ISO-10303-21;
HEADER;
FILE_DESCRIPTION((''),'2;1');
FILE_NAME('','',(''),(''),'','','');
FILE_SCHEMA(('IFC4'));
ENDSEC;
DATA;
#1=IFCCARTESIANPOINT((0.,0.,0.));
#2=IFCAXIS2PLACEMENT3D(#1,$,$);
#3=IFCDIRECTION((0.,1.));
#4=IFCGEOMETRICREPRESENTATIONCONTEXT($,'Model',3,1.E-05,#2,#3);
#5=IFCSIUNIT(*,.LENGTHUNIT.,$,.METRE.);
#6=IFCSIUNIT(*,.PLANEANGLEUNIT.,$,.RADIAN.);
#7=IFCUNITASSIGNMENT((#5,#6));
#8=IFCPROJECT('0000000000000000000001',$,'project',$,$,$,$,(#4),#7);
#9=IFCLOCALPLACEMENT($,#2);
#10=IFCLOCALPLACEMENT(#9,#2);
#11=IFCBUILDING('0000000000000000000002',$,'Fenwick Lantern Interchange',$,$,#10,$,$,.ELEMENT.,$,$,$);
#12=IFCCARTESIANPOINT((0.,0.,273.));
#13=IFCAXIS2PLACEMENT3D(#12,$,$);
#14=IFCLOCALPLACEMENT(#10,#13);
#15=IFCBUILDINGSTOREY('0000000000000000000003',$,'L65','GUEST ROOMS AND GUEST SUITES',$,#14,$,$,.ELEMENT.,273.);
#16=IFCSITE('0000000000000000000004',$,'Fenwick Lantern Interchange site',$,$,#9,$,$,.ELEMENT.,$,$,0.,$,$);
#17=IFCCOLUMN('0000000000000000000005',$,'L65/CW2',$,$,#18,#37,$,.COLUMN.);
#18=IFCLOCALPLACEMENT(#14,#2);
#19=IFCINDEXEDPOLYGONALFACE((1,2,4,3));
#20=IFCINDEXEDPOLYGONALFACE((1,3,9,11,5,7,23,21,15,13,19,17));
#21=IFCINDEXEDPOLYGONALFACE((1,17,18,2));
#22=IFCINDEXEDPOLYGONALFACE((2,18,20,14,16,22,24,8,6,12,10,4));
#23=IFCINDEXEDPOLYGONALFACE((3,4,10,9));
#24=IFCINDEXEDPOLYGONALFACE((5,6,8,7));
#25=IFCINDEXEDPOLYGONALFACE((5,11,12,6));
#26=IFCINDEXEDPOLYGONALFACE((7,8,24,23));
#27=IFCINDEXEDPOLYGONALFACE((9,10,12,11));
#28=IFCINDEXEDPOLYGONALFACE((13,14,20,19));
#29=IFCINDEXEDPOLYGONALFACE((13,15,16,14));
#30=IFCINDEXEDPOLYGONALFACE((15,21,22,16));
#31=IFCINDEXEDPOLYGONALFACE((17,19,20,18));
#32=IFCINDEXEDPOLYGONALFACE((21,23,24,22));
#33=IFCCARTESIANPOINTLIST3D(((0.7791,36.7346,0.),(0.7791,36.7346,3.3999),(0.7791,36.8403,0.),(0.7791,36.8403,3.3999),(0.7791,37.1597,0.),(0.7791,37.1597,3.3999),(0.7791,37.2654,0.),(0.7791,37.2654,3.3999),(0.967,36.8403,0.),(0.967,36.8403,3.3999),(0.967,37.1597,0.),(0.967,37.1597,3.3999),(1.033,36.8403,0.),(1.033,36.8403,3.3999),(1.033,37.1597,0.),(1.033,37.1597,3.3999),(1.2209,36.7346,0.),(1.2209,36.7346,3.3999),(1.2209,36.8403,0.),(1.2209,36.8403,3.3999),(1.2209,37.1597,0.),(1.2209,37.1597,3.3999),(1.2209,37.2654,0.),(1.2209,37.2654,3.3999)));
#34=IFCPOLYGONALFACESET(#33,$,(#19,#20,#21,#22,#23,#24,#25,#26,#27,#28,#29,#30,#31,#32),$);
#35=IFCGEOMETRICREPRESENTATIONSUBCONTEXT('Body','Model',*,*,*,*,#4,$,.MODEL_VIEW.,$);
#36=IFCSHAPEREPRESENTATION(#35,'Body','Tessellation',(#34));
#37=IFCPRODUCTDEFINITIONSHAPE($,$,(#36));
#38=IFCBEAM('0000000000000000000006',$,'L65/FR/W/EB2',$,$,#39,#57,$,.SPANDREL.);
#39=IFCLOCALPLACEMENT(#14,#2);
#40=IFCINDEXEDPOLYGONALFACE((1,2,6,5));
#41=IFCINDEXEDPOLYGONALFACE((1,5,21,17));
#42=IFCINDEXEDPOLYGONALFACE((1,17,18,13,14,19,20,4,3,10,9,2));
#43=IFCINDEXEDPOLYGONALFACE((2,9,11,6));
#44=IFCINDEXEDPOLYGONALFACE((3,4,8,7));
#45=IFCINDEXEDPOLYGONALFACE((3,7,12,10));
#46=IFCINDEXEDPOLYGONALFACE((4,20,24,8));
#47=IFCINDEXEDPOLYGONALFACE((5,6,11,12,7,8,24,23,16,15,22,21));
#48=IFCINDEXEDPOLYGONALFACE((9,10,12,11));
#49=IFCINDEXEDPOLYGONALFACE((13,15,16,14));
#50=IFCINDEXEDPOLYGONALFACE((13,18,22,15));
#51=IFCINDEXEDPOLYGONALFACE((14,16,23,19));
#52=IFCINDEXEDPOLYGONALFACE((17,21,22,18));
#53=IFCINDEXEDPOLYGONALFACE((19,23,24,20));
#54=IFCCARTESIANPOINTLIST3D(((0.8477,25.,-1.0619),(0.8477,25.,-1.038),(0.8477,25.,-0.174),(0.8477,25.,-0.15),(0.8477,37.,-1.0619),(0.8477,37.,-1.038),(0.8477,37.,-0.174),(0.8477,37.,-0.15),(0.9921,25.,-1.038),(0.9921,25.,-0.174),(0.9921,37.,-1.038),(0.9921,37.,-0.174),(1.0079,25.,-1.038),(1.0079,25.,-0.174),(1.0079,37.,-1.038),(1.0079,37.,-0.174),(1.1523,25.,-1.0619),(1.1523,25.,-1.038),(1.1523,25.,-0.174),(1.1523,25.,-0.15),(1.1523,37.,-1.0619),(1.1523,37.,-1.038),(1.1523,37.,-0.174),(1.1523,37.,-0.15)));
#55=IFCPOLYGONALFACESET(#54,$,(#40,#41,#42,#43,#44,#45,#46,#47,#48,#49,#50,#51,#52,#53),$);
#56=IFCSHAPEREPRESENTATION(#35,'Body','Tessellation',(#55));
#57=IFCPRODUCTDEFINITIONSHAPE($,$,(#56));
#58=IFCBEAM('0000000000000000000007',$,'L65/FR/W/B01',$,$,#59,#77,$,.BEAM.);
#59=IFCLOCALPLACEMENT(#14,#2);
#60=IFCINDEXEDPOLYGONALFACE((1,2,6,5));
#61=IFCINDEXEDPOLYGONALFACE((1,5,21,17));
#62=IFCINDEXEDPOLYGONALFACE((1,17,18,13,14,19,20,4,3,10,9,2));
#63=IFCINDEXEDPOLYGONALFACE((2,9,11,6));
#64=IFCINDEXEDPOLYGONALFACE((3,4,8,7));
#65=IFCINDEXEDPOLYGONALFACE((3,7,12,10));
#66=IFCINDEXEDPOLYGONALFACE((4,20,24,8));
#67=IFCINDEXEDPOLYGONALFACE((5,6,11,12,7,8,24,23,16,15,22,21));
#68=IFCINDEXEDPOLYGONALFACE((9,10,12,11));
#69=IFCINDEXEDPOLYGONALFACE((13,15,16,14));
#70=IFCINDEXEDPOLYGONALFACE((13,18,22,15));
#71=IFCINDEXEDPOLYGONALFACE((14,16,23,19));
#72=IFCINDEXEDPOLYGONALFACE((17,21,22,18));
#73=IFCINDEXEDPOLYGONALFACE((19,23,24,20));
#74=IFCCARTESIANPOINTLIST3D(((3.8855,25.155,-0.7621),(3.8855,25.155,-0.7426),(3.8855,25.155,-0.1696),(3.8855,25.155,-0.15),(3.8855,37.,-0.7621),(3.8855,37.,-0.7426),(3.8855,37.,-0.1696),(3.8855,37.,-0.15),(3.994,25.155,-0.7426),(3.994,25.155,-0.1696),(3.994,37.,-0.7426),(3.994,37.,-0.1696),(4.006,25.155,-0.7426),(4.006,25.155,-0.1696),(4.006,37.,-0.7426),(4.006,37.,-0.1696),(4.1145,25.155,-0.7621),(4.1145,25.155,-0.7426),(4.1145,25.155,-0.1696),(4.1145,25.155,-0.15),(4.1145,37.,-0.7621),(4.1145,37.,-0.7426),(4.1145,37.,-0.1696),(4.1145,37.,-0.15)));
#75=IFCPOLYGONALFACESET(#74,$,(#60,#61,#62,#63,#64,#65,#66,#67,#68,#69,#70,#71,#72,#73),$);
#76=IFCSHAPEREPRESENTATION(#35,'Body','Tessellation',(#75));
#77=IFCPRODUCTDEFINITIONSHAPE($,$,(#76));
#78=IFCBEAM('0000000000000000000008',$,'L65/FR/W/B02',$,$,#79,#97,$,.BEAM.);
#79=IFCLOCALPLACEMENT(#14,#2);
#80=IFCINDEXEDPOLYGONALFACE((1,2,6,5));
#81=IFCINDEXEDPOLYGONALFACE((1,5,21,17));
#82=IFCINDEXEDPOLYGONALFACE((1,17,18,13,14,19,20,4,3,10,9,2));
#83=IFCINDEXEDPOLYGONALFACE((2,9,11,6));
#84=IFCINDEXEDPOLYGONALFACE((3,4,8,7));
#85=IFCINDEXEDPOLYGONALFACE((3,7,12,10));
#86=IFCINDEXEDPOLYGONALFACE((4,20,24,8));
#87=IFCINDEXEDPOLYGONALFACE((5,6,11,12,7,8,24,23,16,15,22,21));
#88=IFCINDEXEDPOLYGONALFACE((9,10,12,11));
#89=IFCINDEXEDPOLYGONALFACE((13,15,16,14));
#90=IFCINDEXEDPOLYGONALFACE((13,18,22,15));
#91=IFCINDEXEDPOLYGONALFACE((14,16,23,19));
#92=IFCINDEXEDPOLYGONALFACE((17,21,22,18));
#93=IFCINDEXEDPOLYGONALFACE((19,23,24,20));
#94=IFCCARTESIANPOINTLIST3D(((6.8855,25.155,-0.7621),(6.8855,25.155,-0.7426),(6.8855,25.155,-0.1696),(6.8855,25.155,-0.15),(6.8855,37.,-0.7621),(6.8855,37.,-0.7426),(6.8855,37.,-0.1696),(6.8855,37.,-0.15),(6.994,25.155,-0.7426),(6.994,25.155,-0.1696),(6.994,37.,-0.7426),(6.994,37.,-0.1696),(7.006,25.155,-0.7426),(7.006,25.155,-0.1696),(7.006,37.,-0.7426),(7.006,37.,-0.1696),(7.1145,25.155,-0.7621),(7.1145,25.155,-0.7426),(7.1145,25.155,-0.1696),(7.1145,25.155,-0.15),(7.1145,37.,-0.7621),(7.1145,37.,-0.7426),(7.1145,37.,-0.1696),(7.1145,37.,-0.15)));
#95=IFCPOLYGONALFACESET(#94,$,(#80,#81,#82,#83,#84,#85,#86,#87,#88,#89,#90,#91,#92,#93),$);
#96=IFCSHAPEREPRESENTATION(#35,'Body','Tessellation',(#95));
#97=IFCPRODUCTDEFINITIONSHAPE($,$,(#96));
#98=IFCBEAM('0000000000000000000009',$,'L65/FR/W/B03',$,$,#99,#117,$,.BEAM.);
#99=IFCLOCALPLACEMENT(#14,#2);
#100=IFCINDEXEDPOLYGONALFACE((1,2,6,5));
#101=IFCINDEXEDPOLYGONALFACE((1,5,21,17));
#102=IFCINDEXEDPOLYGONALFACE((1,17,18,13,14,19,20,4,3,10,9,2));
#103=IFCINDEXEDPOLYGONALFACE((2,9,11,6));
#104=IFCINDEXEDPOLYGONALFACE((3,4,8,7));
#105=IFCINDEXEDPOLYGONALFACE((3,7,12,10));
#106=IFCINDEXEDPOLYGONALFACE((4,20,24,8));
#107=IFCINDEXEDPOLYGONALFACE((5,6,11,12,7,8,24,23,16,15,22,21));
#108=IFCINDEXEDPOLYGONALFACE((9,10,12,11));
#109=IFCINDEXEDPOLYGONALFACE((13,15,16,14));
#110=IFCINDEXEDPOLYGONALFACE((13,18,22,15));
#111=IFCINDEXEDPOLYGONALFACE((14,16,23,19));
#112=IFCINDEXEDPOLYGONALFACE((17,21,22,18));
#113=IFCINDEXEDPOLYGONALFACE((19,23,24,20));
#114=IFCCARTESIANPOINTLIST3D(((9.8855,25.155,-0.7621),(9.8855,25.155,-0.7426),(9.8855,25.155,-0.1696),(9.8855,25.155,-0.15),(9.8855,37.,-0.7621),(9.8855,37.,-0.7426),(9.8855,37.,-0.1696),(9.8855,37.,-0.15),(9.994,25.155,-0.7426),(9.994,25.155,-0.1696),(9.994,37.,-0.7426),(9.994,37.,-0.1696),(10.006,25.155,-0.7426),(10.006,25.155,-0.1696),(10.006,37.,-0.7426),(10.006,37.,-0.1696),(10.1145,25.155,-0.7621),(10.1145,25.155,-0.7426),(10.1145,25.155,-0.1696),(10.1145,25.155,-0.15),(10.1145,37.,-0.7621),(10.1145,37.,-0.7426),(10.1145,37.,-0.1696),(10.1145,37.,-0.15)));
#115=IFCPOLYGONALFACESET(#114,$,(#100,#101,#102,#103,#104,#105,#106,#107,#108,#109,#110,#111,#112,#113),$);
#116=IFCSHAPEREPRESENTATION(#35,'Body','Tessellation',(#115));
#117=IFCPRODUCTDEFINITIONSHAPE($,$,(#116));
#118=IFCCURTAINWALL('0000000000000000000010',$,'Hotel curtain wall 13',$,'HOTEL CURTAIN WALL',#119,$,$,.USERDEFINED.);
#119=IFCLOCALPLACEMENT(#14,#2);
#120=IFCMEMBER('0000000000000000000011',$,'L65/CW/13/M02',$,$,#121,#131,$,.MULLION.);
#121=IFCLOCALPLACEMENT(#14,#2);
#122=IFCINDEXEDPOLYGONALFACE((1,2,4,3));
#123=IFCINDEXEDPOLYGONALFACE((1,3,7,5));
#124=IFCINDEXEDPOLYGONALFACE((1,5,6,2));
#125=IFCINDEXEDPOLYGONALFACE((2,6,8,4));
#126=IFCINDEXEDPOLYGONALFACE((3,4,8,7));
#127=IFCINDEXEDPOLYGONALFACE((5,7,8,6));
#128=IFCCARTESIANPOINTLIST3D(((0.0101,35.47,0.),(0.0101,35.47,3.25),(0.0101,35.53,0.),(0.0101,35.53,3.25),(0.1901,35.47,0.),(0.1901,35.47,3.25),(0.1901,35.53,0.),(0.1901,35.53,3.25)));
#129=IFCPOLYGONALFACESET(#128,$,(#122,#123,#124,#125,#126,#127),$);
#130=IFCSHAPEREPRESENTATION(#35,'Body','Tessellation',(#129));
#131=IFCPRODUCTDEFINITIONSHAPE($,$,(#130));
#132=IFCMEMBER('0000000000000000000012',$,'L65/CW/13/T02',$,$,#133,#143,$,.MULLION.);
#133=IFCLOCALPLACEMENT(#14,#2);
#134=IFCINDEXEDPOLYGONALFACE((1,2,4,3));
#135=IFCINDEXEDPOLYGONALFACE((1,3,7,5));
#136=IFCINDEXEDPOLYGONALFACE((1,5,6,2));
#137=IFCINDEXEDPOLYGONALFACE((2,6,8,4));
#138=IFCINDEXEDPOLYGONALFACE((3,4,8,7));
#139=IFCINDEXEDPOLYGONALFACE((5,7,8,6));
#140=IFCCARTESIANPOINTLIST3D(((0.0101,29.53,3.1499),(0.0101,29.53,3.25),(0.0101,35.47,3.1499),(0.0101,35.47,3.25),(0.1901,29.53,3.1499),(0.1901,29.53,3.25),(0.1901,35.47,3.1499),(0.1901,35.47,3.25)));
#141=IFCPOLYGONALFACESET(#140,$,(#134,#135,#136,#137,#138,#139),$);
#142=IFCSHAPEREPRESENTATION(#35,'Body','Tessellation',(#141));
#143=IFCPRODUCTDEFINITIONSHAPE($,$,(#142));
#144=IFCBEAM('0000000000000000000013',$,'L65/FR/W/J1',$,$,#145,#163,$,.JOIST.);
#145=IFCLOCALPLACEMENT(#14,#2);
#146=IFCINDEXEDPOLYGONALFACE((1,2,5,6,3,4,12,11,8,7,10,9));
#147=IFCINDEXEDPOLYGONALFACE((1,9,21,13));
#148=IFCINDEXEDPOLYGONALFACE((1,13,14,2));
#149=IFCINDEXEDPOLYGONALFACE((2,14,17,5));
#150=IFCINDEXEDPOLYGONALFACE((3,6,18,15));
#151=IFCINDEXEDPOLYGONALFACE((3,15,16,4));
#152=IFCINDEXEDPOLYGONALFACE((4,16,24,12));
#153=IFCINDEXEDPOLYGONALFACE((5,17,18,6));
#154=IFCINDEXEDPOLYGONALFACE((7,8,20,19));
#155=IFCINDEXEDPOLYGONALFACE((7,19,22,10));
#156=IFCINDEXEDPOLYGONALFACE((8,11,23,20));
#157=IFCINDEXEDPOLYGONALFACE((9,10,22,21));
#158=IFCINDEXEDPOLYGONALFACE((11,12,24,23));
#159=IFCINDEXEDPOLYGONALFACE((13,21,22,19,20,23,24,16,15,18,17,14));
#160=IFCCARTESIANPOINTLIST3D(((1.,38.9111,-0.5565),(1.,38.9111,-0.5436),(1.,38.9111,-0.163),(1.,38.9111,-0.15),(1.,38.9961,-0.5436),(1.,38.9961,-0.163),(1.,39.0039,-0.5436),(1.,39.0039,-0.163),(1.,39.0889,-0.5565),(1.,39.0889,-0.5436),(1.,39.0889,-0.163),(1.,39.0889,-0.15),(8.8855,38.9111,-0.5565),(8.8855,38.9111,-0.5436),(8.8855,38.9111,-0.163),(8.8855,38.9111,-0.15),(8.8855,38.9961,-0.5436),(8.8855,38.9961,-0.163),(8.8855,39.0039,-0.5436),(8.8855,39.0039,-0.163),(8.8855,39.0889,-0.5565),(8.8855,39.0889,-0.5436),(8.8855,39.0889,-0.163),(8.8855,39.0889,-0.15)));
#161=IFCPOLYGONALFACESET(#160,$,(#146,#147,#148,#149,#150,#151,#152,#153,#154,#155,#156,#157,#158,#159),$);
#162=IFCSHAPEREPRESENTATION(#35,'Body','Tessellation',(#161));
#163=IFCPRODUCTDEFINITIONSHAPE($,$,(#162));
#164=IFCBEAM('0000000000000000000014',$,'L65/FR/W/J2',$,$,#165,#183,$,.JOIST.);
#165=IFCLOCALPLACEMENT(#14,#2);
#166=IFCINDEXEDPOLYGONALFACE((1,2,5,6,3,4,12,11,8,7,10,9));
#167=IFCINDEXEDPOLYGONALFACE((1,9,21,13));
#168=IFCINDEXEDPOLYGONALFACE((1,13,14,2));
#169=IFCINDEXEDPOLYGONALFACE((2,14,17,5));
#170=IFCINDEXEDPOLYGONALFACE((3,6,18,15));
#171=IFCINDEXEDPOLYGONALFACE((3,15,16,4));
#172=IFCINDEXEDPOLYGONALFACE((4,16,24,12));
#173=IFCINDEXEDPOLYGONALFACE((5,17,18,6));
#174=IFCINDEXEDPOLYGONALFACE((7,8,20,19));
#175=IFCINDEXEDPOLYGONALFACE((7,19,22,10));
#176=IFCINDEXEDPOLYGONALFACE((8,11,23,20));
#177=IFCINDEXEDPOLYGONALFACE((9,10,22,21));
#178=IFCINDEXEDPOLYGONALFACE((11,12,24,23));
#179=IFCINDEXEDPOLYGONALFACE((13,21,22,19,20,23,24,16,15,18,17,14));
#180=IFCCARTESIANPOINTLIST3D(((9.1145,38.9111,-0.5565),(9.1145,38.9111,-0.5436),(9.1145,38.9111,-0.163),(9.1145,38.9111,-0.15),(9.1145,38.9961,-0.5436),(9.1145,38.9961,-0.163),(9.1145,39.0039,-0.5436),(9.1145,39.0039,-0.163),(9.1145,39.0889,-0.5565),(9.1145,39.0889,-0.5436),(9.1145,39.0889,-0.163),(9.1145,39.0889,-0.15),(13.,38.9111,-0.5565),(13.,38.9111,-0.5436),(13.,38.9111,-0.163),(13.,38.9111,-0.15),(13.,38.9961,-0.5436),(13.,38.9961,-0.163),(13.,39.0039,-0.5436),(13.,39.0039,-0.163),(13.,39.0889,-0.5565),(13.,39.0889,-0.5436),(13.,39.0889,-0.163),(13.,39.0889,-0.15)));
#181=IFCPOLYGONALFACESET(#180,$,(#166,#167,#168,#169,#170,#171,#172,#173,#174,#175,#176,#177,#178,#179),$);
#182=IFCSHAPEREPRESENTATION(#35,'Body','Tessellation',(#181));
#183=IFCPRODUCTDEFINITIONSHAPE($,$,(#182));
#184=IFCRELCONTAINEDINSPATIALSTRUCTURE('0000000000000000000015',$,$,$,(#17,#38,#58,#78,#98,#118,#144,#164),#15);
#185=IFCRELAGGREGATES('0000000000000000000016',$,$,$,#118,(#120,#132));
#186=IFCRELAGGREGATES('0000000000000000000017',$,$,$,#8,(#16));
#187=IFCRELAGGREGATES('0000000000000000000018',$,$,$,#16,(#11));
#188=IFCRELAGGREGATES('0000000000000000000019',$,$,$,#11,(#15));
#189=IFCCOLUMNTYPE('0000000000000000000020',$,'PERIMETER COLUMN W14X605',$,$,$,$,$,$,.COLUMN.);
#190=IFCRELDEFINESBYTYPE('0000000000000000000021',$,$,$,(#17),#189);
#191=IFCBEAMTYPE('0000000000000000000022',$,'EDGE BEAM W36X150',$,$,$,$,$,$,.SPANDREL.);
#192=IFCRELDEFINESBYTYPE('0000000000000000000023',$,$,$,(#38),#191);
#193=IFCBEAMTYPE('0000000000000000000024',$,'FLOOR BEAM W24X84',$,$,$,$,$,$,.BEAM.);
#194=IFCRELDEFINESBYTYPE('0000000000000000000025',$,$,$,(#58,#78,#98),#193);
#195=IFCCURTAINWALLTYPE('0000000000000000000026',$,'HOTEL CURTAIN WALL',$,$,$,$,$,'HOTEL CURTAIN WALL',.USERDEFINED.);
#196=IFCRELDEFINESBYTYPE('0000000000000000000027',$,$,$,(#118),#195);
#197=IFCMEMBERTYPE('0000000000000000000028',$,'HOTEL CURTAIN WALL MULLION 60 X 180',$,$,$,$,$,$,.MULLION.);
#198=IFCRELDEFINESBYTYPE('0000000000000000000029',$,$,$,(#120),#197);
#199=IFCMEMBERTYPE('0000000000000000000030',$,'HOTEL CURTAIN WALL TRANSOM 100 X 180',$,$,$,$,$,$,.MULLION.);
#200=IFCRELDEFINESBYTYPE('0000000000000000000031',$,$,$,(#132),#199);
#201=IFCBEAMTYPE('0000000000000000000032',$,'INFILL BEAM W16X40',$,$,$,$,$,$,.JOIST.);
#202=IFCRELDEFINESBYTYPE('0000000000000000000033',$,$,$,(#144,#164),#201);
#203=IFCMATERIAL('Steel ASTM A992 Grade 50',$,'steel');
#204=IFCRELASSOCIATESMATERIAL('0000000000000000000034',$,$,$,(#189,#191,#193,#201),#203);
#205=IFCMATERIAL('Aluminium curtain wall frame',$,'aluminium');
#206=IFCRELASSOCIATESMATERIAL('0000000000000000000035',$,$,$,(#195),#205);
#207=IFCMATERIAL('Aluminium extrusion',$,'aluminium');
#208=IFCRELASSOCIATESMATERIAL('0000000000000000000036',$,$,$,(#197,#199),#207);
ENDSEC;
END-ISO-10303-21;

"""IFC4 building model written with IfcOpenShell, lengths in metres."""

from ifc_helpers import new_model, si_unit, direction, frame, origin, origin_2d, place, context, subcontext, project, spatial, rectangle, i_section, extrude, material, material_profile, profile_set, type_object, element, aggregate, save


model = new_model("IFC4")

# Units and contexts
model_context = context("Model", 3, precision=1e-05, world=origin(), true_north=direction((0.0, 1.0)))
body_context = subcontext(model_context, "Body", "Model", "MODEL_VIEW")
ifc_project = project(units=[si_unit("LENGTHUNIT", "METRE"), si_unit("PLANEANGLEUNIT", "RADIAN")], contexts=[model_context])

# Site, building, storey
site_placement = place(None, origin())
site = spatial("IfcSite", under=ifc_project, at=site_placement, Name="Fenwick Lantern Interchange site", CompositionType="ELEMENT", RefElevation=0.0)
building_placement = place(site_placement, origin())
building = spatial("IfcBuilding", under=site, at=building_placement, Name="Fenwick Lantern Interchange", CompositionType="ELEMENT")
storey_placement = place(building_placement, frame((0.0, 0.0, 273.0)))
storey = spatial("IfcBuildingStorey", under=building, at=storey_placement, Name="L65", Description="GUEST ROOMS AND GUEST SUITES", CompositionType="ELEMENT", Elevation=273.0)

# Column
ifc_material_1 = material(Name="Steel ASTM A992 Grade 50", Category="steel")
ifc_material_profile_1 = material_profile(ifc_material_1, i_section(OverallWidth=0.4419, OverallDepth=0.5308, WebThickness=0.0659, FlangeThickness=0.1057, at=origin_2d()), Name="W14X605")
ifc_profile_set_1 = profile_set([ifc_material_profile_1], Name="Steel ASTM A992 Grade 50")
column_type = type_object("IfcColumnType", Name="PERIMETER COLUMN W14X605", PredefinedType="COLUMN", material=ifc_profile_set_1)
column_placement = place(storey_placement, frame((1.0, 37.0, 0.0), z_axis=(0.0, 0.0, 1.0), x_axis=(1.0, 0.0, 0.0)))
element("IfcColumn", 1, at=column_placement, inside=storey, type_object=column_type, Name="L65/CW2", PredefinedType="COLUMN", context=body_context, shape_type="SweptSolid", body=[
    extrude(i_section(OverallWidth=0.4419, OverallDepth=0.5308, WebThickness=0.0659, FlangeThickness=0.1057, at=origin_2d()), origin(), (0.0, 0.0, 1.0), 3.3999),
])

# Beams
ifc_material_profile_2 = material_profile(ifc_material_1, i_section(OverallWidth=0.3047, OverallDepth=0.9119, WebThickness=0.0159, FlangeThickness=0.0239, at=origin_2d()), Name="W36X150")
ifc_profile_set_2 = profile_set([ifc_material_profile_2], Name="Steel ASTM A992 Grade 50")
beam_type_1 = type_object("IfcBeamType", Name="EDGE BEAM W36X150", PredefinedType="SPANDREL", material=ifc_profile_set_2)
beam_1_placement = place(storey_placement, frame((1.0, 37.0, -0.606), z_axis=(0.0, -1.0, 0.0), x_axis=(1.0, 0.0, 0.0)))
element("IfcBeam", 2, at=beam_1_placement, inside=storey, type_object=beam_type_1, Name="L65/FR/W/EB2", PredefinedType="SPANDREL", context=body_context, shape_type="SweptSolid", body=[
    extrude(i_section(OverallWidth=0.3047, OverallDepth=0.9119, WebThickness=0.0159, FlangeThickness=0.0239, at=origin_2d()), origin(), (0.0, 0.0, 1.0), 12.0),
])
ifc_material_profile_3 = material_profile(ifc_material_1, i_section(OverallWidth=0.229, OverallDepth=0.6121, WebThickness=0.012, FlangeThickness=0.0195, at=origin_2d()), Name="W24X84")
ifc_profile_set_3 = profile_set([ifc_material_profile_3], Name="Steel ASTM A992 Grade 50")
beam_type_2 = type_object("IfcBeamType", Name="FLOOR BEAM W24X84", PredefinedType="BEAM", material=ifc_profile_set_3)
for number, where, z_axis, x_axis, name in (
    (3, (4.0, 37.0, -0.4561), (0.0, -1.0, 0.0), (1.0, 0.0, 0.0), "L65/FR/W/B01"),
    (4, (7.0, 37.0, -0.4561), (0.0, -1.0, 0.0), (1.0, 0.0, 0.0), "L65/FR/W/B02"),
    (5, (10.0, 37.0, -0.4561), (0.0, -1.0, 0.0), (1.0, 0.0, 0.0), "L65/FR/W/B03"),
):
    element("IfcBeam", number, at=place(storey_placement, frame(where, z_axis=z_axis, x_axis=x_axis)), inside=storey, type_object=beam_type_2, Name=name, PredefinedType="BEAM", context=body_context, shape_type="SweptSolid", body=[
        extrude(i_section(OverallWidth=0.229, OverallDepth=0.6121, WebThickness=0.012, FlangeThickness=0.0195, at=origin_2d()), origin(), (0.0, 0.0, 1.0), 11.845),
    ])

# Curtain wall, members
ifc_material_2 = material(Name="Aluminium curtain wall frame", Category="aluminium")
curtain_wall_type = type_object("IfcCurtainWallType", Name="HOTEL CURTAIN WALL", ElementType="HOTEL CURTAIN WALL", PredefinedType="USERDEFINED", material=ifc_material_2)
curtain_wall_placement = place(storey_placement, origin())
curtain_wall = element("IfcCurtainWall", 6, at=curtain_wall_placement, inside=storey, type_object=curtain_wall_type, Name="Hotel curtain wall 13", ObjectType="HOTEL CURTAIN WALL", PredefinedType="USERDEFINED")
ifc_material_3 = material(Name="Aluminium extrusion", Category="aluminium")
ifc_material_profile_4 = material_profile(ifc_material_3, rectangle(XDim=0.1799, YDim=0.0601, at=origin_2d()), Name="HOTEL CURTAIN WALL MULLION 60 X 180")
ifc_profile_set_4 = profile_set([ifc_material_profile_4], Name="Aluminium extrusion")
member_type_1 = type_object("IfcMemberType", Name="HOTEL CURTAIN WALL MULLION 60 X 180", PredefinedType="MULLION", material=ifc_profile_set_4)
member_1_placement = place(storey_placement, frame((0.1001, 35.5, 0.0), z_axis=(0.0, 0.0, 1.0), x_axis=(1.0, 0.0, 0.0)))
member_1 = element("IfcMember", 7, at=member_1_placement, type_object=member_type_1, Name="L65/CW/13/M02", PredefinedType="MULLION", context=body_context, shape_type="SweptSolid", body=[
    extrude(rectangle(XDim=0.1799, YDim=0.0601, at=origin_2d()), origin(), (0.0, 0.0, 1.0), 3.25),
])
ifc_material_profile_5 = material_profile(ifc_material_3, rectangle(XDim=0.1799, YDim=0.1001, at=origin_2d()), Name="HOTEL CURTAIN WALL TRANSOM 100 X 180")
ifc_profile_set_5 = profile_set([ifc_material_profile_5], Name="Aluminium extrusion")
member_type_2 = type_object("IfcMemberType", Name="HOTEL CURTAIN WALL TRANSOM 100 X 180", PredefinedType="MULLION", material=ifc_profile_set_5)
member_2_placement = place(storey_placement, frame((0.1001, 35.47, 3.2), z_axis=(0.0, -1.0, 0.0), x_axis=(1.0, 0.0, 0.0)))
member_2 = element("IfcMember", 8, at=member_2_placement, type_object=member_type_2, Name="L65/CW/13/T02", PredefinedType="MULLION", context=body_context, shape_type="SweptSolid", body=[
    extrude(rectangle(XDim=0.1799, YDim=0.1001, at=origin_2d()), origin(), (0.0, 0.0, 1.0), 5.9399),
])
aggregate(curtain_wall, [member_1, member_2])

# Beams
ifc_material_profile_6 = material_profile(ifc_material_1, i_section(OverallWidth=0.1777, OverallDepth=0.4065, WebThickness=0.0078, FlangeThickness=0.0129, at=origin_2d()), Name="W16X40")
ifc_profile_set_6 = profile_set([ifc_material_profile_6], Name="Steel ASTM A992 Grade 50")
beam_type_3 = type_object("IfcBeamType", Name="INFILL BEAM W16X40", PredefinedType="JOIST", material=ifc_profile_set_6)
beam_2_placement = place(storey_placement, frame((1.0, 39.0, -0.3533), z_axis=(1.0, 0.0, 0.0), x_axis=(0.0, 1.0, 0.0)))
element("IfcBeam", 9, at=beam_2_placement, inside=storey, type_object=beam_type_3, Name="L65/FR/W/J1", PredefinedType="JOIST", context=body_context, shape_type="SweptSolid", body=[
    extrude(i_section(OverallWidth=0.1777, OverallDepth=0.4065, WebThickness=0.0078, FlangeThickness=0.0129, at=origin_2d()), origin(), (0.0, 0.0, 1.0), 7.8855),
])
beam_3_placement = place(storey_placement, frame((9.1145, 39.0, -0.3533), z_axis=(1.0, 0.0, 0.0), x_axis=(0.0, 1.0, 0.0)))
element("IfcBeam", 10, at=beam_3_placement, inside=storey, type_object=beam_type_3, Name="L65/FR/W/J2", PredefinedType="JOIST", context=body_context, shape_type="SweptSolid", body=[
    extrude(i_section(OverallWidth=0.1777, OverallDepth=0.4065, WebThickness=0.0078, FlangeThickness=0.0129, at=origin_2d()), origin(), (0.0, 0.0, 1.0), 3.8855),
])

save(model, "model.ifc")
